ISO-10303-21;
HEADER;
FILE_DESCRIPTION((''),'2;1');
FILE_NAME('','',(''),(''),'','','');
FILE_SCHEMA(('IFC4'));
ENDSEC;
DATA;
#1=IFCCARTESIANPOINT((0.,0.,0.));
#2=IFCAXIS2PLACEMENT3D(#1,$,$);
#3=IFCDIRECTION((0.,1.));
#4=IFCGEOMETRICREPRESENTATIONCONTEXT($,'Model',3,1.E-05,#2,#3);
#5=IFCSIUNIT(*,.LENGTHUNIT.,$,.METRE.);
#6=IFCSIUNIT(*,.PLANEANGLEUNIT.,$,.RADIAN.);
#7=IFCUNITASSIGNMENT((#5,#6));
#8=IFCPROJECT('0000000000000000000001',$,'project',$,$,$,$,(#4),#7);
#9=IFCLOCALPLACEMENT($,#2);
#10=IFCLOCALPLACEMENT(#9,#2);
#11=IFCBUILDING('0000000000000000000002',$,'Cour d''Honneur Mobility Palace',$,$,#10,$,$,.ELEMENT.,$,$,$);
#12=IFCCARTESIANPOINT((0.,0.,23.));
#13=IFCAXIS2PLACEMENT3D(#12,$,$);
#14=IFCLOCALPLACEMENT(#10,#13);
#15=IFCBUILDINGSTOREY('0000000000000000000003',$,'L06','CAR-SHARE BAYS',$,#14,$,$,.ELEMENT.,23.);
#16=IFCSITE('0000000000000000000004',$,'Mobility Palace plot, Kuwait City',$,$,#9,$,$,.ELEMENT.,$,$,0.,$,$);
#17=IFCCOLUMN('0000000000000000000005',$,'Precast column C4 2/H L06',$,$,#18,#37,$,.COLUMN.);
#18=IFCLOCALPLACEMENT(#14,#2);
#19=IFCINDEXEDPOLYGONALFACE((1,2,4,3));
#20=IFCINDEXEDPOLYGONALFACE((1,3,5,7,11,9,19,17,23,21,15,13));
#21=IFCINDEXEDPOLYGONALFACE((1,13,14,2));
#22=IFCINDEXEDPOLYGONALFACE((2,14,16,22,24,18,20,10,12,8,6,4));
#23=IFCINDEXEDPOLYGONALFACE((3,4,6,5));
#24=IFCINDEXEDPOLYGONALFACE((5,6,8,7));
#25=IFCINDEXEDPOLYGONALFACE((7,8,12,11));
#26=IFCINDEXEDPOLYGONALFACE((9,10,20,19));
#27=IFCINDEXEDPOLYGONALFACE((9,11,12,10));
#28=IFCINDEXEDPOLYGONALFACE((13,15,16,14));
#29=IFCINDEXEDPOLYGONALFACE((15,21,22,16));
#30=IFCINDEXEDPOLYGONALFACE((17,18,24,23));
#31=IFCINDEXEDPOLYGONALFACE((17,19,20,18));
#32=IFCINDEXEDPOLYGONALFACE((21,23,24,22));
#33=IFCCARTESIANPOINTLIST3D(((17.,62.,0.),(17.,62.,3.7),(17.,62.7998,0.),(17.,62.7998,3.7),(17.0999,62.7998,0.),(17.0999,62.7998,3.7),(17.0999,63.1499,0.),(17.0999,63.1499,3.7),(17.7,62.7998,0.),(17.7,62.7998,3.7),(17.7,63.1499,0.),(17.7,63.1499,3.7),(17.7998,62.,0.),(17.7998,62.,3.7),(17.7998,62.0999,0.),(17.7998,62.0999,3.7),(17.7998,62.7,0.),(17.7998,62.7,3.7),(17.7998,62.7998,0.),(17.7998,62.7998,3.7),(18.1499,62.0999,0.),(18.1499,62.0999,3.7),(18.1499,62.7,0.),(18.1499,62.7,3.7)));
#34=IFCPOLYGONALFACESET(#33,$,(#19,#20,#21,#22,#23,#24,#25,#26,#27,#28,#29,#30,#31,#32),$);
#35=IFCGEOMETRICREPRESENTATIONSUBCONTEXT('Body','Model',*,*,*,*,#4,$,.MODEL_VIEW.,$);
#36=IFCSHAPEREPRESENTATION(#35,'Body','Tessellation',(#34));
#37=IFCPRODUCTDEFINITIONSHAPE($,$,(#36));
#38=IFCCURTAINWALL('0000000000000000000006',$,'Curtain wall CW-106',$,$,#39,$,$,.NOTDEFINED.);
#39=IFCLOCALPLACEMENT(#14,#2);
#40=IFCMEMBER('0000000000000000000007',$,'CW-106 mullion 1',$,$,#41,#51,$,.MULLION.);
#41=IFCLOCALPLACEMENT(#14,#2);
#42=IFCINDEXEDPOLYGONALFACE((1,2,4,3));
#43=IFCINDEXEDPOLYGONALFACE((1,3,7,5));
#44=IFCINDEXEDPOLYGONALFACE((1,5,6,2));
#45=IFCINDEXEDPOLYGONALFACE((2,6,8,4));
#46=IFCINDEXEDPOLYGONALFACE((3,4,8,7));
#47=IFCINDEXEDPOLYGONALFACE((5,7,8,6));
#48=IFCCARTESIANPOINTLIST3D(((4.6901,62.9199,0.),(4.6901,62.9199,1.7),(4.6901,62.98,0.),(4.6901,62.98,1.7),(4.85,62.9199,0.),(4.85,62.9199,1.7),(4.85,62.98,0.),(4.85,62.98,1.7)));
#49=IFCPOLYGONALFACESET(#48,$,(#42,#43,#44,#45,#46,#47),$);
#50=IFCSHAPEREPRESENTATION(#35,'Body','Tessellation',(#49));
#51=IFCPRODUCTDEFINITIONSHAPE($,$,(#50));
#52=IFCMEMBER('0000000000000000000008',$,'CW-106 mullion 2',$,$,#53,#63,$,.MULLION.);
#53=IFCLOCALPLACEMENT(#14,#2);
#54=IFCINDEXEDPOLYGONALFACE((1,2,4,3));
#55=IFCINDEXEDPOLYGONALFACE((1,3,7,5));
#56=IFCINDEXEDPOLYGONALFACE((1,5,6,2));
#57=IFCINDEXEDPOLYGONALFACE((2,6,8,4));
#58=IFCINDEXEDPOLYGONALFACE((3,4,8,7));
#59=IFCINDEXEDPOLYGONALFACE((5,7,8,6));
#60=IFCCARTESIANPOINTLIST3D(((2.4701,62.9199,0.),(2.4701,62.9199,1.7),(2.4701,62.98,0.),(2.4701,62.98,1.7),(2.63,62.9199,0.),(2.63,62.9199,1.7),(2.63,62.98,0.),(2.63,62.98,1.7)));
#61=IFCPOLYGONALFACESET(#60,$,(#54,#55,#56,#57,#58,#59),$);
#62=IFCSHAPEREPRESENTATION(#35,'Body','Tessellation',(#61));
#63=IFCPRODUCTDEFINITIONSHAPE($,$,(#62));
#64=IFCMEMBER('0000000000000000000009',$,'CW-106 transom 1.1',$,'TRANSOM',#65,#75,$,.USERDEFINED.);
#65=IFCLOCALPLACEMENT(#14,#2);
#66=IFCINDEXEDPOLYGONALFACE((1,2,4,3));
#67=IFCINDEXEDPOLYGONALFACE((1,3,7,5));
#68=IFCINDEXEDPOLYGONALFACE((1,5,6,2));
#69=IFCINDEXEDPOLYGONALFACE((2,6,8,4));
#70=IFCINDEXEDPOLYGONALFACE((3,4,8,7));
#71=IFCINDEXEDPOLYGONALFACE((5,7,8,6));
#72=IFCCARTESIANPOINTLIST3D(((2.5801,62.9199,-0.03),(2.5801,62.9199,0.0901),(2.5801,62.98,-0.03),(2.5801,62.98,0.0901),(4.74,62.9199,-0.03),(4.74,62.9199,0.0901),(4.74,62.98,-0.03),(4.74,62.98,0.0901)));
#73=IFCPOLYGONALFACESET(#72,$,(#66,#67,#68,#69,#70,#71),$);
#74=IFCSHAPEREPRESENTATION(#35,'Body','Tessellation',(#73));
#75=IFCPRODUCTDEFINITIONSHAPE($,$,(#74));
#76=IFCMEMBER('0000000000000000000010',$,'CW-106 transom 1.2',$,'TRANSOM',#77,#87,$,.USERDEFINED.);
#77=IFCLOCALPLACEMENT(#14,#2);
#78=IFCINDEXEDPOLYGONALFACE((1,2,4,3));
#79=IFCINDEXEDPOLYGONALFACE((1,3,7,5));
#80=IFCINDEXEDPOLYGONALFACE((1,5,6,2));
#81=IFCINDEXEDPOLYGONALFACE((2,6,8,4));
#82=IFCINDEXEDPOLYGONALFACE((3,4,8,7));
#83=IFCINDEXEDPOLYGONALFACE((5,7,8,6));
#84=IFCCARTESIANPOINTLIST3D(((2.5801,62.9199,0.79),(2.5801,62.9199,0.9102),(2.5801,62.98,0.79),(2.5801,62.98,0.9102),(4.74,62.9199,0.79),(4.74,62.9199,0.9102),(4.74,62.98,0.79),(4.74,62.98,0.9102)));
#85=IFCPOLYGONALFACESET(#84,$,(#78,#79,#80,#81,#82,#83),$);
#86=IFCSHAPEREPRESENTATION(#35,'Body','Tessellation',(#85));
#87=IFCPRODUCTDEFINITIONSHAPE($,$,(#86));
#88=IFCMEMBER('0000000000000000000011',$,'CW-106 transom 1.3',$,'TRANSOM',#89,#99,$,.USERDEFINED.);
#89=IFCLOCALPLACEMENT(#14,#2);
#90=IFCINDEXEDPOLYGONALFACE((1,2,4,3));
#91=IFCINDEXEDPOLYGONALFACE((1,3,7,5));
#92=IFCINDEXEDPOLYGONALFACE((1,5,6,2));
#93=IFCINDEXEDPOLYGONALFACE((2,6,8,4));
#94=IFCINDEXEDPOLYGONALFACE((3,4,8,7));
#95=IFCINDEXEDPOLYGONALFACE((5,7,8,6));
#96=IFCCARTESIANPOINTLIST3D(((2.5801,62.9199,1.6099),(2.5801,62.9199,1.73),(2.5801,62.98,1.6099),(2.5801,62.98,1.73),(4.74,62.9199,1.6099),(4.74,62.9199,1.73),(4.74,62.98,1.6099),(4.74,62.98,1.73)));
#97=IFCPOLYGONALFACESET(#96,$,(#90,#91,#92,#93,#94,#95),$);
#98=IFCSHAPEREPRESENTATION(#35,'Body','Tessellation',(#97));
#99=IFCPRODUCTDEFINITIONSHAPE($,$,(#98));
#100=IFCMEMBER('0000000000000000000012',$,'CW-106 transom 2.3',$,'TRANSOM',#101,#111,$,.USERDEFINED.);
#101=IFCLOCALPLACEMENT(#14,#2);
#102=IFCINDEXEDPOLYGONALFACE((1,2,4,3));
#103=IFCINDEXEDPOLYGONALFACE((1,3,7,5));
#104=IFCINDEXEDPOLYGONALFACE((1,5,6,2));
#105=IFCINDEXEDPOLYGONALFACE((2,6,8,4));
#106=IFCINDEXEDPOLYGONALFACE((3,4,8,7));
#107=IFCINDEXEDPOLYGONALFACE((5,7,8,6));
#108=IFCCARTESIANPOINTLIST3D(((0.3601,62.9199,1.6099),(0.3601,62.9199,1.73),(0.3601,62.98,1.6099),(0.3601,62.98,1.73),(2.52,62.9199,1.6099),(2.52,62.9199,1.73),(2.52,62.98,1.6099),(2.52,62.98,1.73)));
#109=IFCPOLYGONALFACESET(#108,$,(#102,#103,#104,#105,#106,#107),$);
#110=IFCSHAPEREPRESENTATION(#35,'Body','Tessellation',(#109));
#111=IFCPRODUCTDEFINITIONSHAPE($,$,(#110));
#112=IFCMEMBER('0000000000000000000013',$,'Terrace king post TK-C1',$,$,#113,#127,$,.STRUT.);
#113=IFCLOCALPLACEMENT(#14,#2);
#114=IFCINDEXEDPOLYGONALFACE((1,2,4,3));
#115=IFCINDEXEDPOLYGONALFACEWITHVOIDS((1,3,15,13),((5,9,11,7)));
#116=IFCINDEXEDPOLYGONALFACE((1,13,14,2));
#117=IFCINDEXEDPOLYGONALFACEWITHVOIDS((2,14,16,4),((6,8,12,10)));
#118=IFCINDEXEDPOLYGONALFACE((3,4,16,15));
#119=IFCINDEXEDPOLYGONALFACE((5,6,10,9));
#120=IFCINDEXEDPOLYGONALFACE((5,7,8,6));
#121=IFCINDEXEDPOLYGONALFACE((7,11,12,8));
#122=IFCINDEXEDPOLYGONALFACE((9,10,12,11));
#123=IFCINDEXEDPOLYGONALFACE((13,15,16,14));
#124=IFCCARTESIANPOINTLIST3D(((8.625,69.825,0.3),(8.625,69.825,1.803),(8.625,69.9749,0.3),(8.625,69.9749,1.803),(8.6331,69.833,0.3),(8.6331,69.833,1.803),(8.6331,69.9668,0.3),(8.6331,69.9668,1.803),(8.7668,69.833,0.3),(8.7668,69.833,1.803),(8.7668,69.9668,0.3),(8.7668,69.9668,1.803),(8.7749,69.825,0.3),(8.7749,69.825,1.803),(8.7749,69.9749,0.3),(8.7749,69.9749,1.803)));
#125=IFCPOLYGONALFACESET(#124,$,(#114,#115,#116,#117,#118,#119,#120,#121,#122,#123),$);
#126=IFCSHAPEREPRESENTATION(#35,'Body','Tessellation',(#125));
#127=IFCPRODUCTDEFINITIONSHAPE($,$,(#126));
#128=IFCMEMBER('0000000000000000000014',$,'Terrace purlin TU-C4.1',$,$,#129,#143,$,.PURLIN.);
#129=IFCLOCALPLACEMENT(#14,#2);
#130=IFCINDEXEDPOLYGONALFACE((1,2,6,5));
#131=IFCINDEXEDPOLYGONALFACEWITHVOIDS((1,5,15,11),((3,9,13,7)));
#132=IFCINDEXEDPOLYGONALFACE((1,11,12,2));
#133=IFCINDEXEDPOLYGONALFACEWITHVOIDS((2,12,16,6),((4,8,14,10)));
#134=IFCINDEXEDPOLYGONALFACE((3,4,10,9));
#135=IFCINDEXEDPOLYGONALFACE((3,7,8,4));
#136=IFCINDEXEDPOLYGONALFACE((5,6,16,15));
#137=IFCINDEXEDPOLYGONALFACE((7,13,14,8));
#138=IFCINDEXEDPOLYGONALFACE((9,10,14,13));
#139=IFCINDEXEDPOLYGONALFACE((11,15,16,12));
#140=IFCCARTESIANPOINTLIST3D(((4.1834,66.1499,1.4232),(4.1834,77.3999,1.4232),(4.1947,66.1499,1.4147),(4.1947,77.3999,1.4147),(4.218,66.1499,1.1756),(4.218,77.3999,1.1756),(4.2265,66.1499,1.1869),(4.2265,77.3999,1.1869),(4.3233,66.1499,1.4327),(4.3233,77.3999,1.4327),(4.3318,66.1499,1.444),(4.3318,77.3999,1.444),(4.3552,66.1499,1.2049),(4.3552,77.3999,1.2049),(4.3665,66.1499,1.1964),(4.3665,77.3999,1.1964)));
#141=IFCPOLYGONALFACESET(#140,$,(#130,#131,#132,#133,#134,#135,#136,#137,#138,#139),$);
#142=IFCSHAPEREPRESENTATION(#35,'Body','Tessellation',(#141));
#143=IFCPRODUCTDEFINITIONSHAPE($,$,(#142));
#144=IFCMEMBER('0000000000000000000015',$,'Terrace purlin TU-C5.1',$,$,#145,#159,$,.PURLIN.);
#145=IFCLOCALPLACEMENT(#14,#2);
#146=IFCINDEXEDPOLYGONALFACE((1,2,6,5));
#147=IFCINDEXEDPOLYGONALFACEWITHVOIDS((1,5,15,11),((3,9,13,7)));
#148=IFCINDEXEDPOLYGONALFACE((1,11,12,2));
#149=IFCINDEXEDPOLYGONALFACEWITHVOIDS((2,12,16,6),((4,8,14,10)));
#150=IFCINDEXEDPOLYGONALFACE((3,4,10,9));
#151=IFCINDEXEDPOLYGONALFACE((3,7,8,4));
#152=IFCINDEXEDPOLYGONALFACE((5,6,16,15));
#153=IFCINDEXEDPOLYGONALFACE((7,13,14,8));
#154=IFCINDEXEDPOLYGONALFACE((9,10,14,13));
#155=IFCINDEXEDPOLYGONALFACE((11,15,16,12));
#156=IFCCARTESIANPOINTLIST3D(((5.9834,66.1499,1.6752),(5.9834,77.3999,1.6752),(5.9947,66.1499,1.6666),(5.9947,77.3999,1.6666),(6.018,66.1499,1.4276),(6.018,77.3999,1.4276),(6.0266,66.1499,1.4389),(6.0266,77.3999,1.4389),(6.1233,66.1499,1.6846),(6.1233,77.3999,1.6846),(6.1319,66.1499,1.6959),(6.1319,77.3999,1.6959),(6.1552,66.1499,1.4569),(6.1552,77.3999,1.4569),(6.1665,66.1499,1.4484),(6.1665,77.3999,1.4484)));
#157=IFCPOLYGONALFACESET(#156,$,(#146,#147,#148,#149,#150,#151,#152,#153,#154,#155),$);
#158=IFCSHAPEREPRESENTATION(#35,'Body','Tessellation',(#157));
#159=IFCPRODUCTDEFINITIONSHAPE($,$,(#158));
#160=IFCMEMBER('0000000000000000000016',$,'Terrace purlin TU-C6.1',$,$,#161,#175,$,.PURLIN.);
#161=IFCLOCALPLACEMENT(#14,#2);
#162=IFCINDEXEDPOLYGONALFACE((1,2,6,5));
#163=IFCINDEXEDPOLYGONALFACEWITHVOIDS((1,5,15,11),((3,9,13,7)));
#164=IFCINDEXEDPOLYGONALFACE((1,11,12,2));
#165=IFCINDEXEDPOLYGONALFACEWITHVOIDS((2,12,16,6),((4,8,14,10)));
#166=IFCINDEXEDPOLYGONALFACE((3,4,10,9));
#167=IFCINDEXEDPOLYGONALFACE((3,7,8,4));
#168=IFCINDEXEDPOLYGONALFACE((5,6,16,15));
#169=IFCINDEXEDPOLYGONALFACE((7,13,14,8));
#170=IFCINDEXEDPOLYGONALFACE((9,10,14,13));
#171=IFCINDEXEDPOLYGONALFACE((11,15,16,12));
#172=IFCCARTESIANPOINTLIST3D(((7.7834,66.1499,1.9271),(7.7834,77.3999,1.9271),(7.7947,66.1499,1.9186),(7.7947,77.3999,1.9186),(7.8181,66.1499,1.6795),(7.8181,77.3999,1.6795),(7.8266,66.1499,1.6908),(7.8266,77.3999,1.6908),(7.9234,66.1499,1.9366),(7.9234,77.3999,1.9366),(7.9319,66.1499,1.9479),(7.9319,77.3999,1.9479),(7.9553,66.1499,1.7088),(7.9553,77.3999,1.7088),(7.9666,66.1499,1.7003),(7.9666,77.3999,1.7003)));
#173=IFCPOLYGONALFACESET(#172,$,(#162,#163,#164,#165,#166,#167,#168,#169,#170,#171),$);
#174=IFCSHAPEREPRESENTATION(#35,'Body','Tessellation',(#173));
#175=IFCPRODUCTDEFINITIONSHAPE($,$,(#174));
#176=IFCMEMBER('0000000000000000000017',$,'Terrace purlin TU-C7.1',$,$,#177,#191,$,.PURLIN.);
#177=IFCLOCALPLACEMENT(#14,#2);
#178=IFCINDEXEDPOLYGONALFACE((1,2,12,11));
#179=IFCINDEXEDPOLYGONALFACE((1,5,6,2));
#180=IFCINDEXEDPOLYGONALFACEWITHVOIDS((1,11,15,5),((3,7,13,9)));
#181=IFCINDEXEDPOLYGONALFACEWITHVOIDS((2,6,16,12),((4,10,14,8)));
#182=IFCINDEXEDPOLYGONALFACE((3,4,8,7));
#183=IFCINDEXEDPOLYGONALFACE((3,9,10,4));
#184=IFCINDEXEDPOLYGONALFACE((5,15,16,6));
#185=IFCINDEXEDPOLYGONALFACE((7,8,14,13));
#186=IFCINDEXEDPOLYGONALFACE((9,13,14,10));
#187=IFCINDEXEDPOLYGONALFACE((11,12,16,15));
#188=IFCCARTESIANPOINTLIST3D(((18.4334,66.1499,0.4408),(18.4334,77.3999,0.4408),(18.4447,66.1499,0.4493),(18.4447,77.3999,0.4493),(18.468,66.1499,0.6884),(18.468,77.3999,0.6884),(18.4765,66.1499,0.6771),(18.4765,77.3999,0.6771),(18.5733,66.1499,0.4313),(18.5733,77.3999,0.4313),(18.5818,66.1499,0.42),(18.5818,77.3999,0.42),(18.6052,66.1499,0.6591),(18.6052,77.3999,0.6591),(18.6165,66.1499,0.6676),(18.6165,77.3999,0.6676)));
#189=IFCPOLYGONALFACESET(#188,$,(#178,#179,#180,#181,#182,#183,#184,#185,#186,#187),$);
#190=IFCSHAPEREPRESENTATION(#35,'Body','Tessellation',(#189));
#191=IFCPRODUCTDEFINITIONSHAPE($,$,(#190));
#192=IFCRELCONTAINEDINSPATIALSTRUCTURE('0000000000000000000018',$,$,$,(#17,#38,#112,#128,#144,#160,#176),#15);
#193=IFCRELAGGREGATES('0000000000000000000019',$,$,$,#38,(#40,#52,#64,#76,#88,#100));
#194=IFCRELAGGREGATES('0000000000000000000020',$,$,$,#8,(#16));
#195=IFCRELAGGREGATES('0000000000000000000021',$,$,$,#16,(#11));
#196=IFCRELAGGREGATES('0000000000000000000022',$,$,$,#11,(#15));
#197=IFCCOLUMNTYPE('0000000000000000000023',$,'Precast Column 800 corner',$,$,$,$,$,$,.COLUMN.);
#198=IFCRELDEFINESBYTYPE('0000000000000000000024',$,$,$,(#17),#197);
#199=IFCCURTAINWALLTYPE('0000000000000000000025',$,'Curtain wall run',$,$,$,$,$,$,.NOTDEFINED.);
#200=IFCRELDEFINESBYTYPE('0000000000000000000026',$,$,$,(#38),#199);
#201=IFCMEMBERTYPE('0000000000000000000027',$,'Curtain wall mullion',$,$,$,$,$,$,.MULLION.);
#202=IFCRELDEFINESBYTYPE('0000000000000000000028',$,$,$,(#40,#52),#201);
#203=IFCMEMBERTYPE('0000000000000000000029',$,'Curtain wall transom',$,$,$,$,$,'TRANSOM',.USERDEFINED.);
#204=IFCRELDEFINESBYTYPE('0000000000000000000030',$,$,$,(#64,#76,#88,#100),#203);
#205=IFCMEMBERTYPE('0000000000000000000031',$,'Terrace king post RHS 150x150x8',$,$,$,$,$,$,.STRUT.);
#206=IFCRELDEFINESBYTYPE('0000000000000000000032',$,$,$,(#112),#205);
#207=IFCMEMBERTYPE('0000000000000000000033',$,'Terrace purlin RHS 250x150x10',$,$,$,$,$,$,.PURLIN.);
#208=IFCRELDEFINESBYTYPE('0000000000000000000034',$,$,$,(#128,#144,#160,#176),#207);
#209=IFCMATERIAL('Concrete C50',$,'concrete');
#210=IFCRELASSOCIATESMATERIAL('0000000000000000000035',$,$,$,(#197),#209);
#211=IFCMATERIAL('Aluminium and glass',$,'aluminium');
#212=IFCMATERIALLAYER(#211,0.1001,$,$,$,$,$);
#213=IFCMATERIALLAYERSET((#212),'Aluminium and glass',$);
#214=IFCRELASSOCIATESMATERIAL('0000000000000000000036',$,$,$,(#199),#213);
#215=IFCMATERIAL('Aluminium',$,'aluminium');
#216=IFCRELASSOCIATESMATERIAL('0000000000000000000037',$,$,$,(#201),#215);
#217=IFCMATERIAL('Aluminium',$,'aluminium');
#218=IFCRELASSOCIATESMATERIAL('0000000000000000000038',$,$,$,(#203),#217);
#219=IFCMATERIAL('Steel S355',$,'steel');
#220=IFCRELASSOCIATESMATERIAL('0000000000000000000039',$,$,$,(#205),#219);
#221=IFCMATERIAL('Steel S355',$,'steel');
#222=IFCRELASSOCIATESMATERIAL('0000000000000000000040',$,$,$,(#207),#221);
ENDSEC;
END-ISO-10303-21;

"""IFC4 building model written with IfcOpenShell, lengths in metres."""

from ifc_helpers import new_model, si_unit, direction, frame, origin, origin_2d, place, context, subcontext, project, spatial, polyline, rectangle, hollow_rectangle, outline, extrude, material, layer, layer_set, material_profile, profile_set, type_object, element, aggregate, save


model = new_model("IFC4")

# Units and contexts
model_context = context("Model", 3, precision=1e-05, world=origin(), true_north=direction((0.0, 1.0)))
body_context = subcontext(model_context, "Body", "Model", "MODEL_VIEW")
ifc_project = project(units=[si_unit("LENGTHUNIT", "METRE"), si_unit("PLANEANGLEUNIT", "RADIAN")], contexts=[model_context])

# Site, building, storey
site_placement = place(None, origin())
site = spatial("IfcSite", under=ifc_project, at=site_placement, Name="Mobility Palace plot, Kuwait City", CompositionType="ELEMENT", RefElevation=0.0)
building_placement = place(site_placement, origin())
building = spatial("IfcBuilding", under=site, at=building_placement, Name="Cour d'Honneur Mobility Palace", CompositionType="ELEMENT")
storey_placement = place(building_placement, frame((0.0, 0.0, 23.0)))
storey = spatial("IfcBuildingStorey", under=building, at=storey_placement, Name="L06", Description="CAR-SHARE BAYS", CompositionType="ELEMENT", Elevation=23.0)

# Column
ifc_material_1 = material(Name="Concrete C50", Category="concrete")
ifc_material_profile_1 = material_profile(ifc_material_1, outline(polyline([(-0.3999, -0.3999), (0.3999, -0.3999), (0.3999, -0.3), (0.75, -0.3), (0.75, 0.3), (0.3999, 0.3), (0.3999, 0.3999), (0.3, 0.3999), (0.3, 0.75), (-0.3, 0.75), (-0.3, 0.3999), (-0.3999, 0.3999), (-0.3999, -0.3999)])), Name="PC C800 corner")
ifc_profile_set_1 = profile_set([ifc_material_profile_1], Name="Concrete C50")
column_type = type_object("IfcColumnType", Name="Precast Column 800 corner", PredefinedType="COLUMN", material=ifc_profile_set_1)
column_placement = place(storey_placement, frame((17.3999, 62.3999, 0.0), z_axis=(0.0, 0.0, 1.0), x_axis=(1.0, 0.0, 0.0)))
element("IfcColumn", 1, at=column_placement, inside=storey, type_object=column_type, Name="Precast column C4 2/H L06", PredefinedType="COLUMN", context=body_context, shape_type="SweptSolid", body=[
    extrude(outline(polyline([(-0.3999, -0.3999), (0.3999, -0.3999), (0.3999, -0.3), (0.75, -0.3), (0.75, 0.3), (0.3999, 0.3), (0.3999, 0.3999), (0.3, 0.3999), (0.3, 0.75), (-0.3, 0.75), (-0.3, 0.3999), (-0.3999, 0.3999), (-0.3999, -0.3999)])), origin(), (0.0, 0.0, 1.0), 3.7),
])

# Curtain wall, members
ifc_material_2 = material(Name="Aluminium and glass", Category="aluminium")
ifc_layer_1 = layer(ifc_material_2, 0.1001)
ifc_layer_set_1 = layer_set([ifc_layer_1], Name="Aluminium and glass")
curtain_wall_type = type_object("IfcCurtainWallType", Name="Curtain wall run", PredefinedType="NOTDEFINED", material=ifc_layer_set_1)
curtain_wall_placement = place(storey_placement, origin())
curtain_wall = element("IfcCurtainWall", 2, at=curtain_wall_placement, inside=storey, type_object=curtain_wall_type, Name="Curtain wall CW-106", PredefinedType="NOTDEFINED")
ifc_material_3 = material(Name="Aluminium", Category="aluminium")
ifc_material_profile_2 = material_profile(ifc_material_3, rectangle(XDim=0.0601, YDim=0.1599, at=origin_2d()), Name="Curtain wall mullion")
ifc_profile_set_2 = profile_set([ifc_material_profile_2], Name="Aluminium")
member_type_1 = type_object("IfcMemberType", Name="Curtain wall mullion", PredefinedType="MULLION", material=ifc_profile_set_2)
member_1_placement = place(storey_placement, frame((4.77, 62.95, 0.0), z_axis=(0.0, 0.0, 1.0), x_axis=(0.0, -1.0, 0.0)))
member_1 = element("IfcMember", 3, at=member_1_placement, type_object=member_type_1, Name="CW-106 mullion 1", PredefinedType="MULLION", context=body_context, shape_type="SweptSolid", body=[
    extrude(rectangle(XDim=0.0601, YDim=0.1599, at=origin_2d()), origin(), (0.0, 0.0, 1.0), 1.7),
])
member_2_placement = place(storey_placement, frame((2.55, 62.95, 0.0), z_axis=(0.0, 0.0, 1.0), x_axis=(0.0, -1.0, 0.0)))
member_2 = element("IfcMember", 4, at=member_2_placement, type_object=member_type_1, Name="CW-106 mullion 2", PredefinedType="MULLION", context=body_context, shape_type="SweptSolid", body=[
    extrude(rectangle(XDim=0.0601, YDim=0.1599, at=origin_2d()), origin(), (0.0, 0.0, 1.0), 1.7),
])
ifc_material_4 = material(Name="Aluminium", Category="aluminium")
ifc_material_profile_3 = material_profile(ifc_material_4, rectangle(XDim=0.0601, YDim=0.1201, at=origin_2d()), Name="Curtain wall transom")
ifc_profile_set_3 = profile_set([ifc_material_profile_3], Name="Aluminium")
member_type_2 = type_object("IfcMemberType", Name="Curtain wall transom", ElementType="TRANSOM", PredefinedType="USERDEFINED", material=ifc_profile_set_3)
member_3_placement = place(storey_placement, frame((4.74, 62.95, 0.03), z_axis=(-1.0, 0.0, 0.0), x_axis=(0.0, -1.0, 0.0)))
member_3 = element("IfcMember", 5, at=member_3_placement, type_object=member_type_2, Name="CW-106 transom 1.1", ObjectType="TRANSOM", PredefinedType="USERDEFINED", context=body_context, shape_type="SweptSolid", body=[
    extrude(rectangle(XDim=0.0601, YDim=0.1201, at=origin_2d()), origin(), (0.0, 0.0, 1.0), 2.1599),
])
member_4_placement = place(storey_placement, frame((4.74, 62.95, 0.8501), z_axis=(-1.0, 0.0, 0.0), x_axis=(0.0, -1.0, 0.0)))
member_4 = element("IfcMember", 6, at=member_4_placement, type_object=member_type_2, Name="CW-106 transom 1.2", ObjectType="TRANSOM", PredefinedType="USERDEFINED", context=body_context, shape_type="SweptSolid", body=[
    extrude(rectangle(XDim=0.0601, YDim=0.1201, at=origin_2d()), origin(), (0.0, 0.0, 1.0), 2.1599),
])
member_5_placement = place(storey_placement, frame((4.74, 62.95, 1.6699), z_axis=(-1.0, 0.0, 0.0), x_axis=(0.0, -1.0, 0.0)))
member_5 = element("IfcMember", 7, at=member_5_placement, type_object=member_type_2, Name="CW-106 transom 1.3", ObjectType="TRANSOM", PredefinedType="USERDEFINED", context=body_context, shape_type="SweptSolid", body=[
    extrude(rectangle(XDim=0.0601, YDim=0.1201, at=origin_2d()), origin(), (0.0, 0.0, 1.0), 2.1599),
])
member_6_placement = place(storey_placement, frame((2.52, 62.95, 1.6699), z_axis=(-1.0, 0.0, 0.0), x_axis=(0.0, -1.0, 0.0)))
member_6 = element("IfcMember", 8, at=member_6_placement, type_object=member_type_2, Name="CW-106 transom 2.3", ObjectType="TRANSOM", PredefinedType="USERDEFINED", context=body_context, shape_type="SweptSolid", body=[
    extrude(rectangle(XDim=0.0601, YDim=0.1201, at=origin_2d()), origin(), (0.0, 0.0, 1.0), 2.1599),
])

# Members
ifc_material_5 = material(Name="Steel S355", Category="steel")
ifc_material_profile_4 = material_profile(ifc_material_5, hollow_rectangle(XDim=0.1499, YDim=0.1499, WallThickness=0.0081, at=origin_2d()), Name="RHS 150x150x8")
ifc_profile_set_4 = profile_set([ifc_material_profile_4], Name="Steel S355")
member_type_3 = type_object("IfcMemberType", Name="Terrace king post RHS 150x150x8", PredefinedType="STRUT", material=ifc_profile_set_4)
member_7_placement = place(storey_placement, frame((8.7, 69.8999, 0.3), z_axis=(0.0, 0.0, 1.0), x_axis=(1.0, 0.0, 0.0)))
element("IfcMember", 9, at=member_7_placement, inside=storey, type_object=member_type_3, Name="Terrace king post TK-C1", PredefinedType="STRUT", context=body_context, shape_type="SweptSolid", body=[
    extrude(hollow_rectangle(XDim=0.1499, YDim=0.1499, WallThickness=0.0081, at=origin_2d()), origin(), (0.0, 0.0, 1.0), 1.5029),
])
ifc_material_6 = material(Name="Steel S355", Category="steel")
ifc_material_profile_5 = material_profile(ifc_material_6, hollow_rectangle(XDim=0.1499, YDim=0.25, WallThickness=0.01, at=origin_2d()), Name="RHS 250x150x10")
ifc_profile_set_5 = profile_set([ifc_material_profile_5], Name="Steel S355")
member_type_4 = type_object("IfcMemberType", Name="Terrace purlin RHS 250x150x10", PredefinedType="PURLIN", material=ifc_profile_set_5)
for number, where, z_axis, x_axis, name in (
    (10, (4.2749, 66.1499, 1.3098), (0.0, 1.0, 0.0), (-0.99035, 0.0, -0.138591), "Terrace purlin TU-C4.1"),
    (11, (6.075, 66.1499, 1.5618), (0.0, 1.0, 0.0), (-0.99035, 0.0, -0.138591), "Terrace purlin TU-C5.1"),
    (12, (7.875, 66.1499, 1.8137), (0.0, 1.0, 0.0), (-0.99035, 0.0, -0.138591), "Terrace purlin TU-C6.1"),
    (13, (18.5249, 66.1499, 0.5542), (0.0, 1.0, 0.0), (-0.99035, 0.0, 0.138591), "Terrace purlin TU-C7.1"),
):
    element("IfcMember", number, at=place(storey_placement, frame(where, z_axis=z_axis, x_axis=x_axis)), inside=storey, type_object=member_type_4, Name=name, PredefinedType="PURLIN", context=body_context, shape_type="SweptSolid", body=[
        extrude(hollow_rectangle(XDim=0.1499, YDim=0.25, WallThickness=0.01, at=origin_2d()), origin(), (0.0, 0.0, 1.0), 11.25),
    ])

aggregate(curtain_wall, [member_1, member_2, member_3, member_4, member_5, member_6])

save(model, "model.ifc")
